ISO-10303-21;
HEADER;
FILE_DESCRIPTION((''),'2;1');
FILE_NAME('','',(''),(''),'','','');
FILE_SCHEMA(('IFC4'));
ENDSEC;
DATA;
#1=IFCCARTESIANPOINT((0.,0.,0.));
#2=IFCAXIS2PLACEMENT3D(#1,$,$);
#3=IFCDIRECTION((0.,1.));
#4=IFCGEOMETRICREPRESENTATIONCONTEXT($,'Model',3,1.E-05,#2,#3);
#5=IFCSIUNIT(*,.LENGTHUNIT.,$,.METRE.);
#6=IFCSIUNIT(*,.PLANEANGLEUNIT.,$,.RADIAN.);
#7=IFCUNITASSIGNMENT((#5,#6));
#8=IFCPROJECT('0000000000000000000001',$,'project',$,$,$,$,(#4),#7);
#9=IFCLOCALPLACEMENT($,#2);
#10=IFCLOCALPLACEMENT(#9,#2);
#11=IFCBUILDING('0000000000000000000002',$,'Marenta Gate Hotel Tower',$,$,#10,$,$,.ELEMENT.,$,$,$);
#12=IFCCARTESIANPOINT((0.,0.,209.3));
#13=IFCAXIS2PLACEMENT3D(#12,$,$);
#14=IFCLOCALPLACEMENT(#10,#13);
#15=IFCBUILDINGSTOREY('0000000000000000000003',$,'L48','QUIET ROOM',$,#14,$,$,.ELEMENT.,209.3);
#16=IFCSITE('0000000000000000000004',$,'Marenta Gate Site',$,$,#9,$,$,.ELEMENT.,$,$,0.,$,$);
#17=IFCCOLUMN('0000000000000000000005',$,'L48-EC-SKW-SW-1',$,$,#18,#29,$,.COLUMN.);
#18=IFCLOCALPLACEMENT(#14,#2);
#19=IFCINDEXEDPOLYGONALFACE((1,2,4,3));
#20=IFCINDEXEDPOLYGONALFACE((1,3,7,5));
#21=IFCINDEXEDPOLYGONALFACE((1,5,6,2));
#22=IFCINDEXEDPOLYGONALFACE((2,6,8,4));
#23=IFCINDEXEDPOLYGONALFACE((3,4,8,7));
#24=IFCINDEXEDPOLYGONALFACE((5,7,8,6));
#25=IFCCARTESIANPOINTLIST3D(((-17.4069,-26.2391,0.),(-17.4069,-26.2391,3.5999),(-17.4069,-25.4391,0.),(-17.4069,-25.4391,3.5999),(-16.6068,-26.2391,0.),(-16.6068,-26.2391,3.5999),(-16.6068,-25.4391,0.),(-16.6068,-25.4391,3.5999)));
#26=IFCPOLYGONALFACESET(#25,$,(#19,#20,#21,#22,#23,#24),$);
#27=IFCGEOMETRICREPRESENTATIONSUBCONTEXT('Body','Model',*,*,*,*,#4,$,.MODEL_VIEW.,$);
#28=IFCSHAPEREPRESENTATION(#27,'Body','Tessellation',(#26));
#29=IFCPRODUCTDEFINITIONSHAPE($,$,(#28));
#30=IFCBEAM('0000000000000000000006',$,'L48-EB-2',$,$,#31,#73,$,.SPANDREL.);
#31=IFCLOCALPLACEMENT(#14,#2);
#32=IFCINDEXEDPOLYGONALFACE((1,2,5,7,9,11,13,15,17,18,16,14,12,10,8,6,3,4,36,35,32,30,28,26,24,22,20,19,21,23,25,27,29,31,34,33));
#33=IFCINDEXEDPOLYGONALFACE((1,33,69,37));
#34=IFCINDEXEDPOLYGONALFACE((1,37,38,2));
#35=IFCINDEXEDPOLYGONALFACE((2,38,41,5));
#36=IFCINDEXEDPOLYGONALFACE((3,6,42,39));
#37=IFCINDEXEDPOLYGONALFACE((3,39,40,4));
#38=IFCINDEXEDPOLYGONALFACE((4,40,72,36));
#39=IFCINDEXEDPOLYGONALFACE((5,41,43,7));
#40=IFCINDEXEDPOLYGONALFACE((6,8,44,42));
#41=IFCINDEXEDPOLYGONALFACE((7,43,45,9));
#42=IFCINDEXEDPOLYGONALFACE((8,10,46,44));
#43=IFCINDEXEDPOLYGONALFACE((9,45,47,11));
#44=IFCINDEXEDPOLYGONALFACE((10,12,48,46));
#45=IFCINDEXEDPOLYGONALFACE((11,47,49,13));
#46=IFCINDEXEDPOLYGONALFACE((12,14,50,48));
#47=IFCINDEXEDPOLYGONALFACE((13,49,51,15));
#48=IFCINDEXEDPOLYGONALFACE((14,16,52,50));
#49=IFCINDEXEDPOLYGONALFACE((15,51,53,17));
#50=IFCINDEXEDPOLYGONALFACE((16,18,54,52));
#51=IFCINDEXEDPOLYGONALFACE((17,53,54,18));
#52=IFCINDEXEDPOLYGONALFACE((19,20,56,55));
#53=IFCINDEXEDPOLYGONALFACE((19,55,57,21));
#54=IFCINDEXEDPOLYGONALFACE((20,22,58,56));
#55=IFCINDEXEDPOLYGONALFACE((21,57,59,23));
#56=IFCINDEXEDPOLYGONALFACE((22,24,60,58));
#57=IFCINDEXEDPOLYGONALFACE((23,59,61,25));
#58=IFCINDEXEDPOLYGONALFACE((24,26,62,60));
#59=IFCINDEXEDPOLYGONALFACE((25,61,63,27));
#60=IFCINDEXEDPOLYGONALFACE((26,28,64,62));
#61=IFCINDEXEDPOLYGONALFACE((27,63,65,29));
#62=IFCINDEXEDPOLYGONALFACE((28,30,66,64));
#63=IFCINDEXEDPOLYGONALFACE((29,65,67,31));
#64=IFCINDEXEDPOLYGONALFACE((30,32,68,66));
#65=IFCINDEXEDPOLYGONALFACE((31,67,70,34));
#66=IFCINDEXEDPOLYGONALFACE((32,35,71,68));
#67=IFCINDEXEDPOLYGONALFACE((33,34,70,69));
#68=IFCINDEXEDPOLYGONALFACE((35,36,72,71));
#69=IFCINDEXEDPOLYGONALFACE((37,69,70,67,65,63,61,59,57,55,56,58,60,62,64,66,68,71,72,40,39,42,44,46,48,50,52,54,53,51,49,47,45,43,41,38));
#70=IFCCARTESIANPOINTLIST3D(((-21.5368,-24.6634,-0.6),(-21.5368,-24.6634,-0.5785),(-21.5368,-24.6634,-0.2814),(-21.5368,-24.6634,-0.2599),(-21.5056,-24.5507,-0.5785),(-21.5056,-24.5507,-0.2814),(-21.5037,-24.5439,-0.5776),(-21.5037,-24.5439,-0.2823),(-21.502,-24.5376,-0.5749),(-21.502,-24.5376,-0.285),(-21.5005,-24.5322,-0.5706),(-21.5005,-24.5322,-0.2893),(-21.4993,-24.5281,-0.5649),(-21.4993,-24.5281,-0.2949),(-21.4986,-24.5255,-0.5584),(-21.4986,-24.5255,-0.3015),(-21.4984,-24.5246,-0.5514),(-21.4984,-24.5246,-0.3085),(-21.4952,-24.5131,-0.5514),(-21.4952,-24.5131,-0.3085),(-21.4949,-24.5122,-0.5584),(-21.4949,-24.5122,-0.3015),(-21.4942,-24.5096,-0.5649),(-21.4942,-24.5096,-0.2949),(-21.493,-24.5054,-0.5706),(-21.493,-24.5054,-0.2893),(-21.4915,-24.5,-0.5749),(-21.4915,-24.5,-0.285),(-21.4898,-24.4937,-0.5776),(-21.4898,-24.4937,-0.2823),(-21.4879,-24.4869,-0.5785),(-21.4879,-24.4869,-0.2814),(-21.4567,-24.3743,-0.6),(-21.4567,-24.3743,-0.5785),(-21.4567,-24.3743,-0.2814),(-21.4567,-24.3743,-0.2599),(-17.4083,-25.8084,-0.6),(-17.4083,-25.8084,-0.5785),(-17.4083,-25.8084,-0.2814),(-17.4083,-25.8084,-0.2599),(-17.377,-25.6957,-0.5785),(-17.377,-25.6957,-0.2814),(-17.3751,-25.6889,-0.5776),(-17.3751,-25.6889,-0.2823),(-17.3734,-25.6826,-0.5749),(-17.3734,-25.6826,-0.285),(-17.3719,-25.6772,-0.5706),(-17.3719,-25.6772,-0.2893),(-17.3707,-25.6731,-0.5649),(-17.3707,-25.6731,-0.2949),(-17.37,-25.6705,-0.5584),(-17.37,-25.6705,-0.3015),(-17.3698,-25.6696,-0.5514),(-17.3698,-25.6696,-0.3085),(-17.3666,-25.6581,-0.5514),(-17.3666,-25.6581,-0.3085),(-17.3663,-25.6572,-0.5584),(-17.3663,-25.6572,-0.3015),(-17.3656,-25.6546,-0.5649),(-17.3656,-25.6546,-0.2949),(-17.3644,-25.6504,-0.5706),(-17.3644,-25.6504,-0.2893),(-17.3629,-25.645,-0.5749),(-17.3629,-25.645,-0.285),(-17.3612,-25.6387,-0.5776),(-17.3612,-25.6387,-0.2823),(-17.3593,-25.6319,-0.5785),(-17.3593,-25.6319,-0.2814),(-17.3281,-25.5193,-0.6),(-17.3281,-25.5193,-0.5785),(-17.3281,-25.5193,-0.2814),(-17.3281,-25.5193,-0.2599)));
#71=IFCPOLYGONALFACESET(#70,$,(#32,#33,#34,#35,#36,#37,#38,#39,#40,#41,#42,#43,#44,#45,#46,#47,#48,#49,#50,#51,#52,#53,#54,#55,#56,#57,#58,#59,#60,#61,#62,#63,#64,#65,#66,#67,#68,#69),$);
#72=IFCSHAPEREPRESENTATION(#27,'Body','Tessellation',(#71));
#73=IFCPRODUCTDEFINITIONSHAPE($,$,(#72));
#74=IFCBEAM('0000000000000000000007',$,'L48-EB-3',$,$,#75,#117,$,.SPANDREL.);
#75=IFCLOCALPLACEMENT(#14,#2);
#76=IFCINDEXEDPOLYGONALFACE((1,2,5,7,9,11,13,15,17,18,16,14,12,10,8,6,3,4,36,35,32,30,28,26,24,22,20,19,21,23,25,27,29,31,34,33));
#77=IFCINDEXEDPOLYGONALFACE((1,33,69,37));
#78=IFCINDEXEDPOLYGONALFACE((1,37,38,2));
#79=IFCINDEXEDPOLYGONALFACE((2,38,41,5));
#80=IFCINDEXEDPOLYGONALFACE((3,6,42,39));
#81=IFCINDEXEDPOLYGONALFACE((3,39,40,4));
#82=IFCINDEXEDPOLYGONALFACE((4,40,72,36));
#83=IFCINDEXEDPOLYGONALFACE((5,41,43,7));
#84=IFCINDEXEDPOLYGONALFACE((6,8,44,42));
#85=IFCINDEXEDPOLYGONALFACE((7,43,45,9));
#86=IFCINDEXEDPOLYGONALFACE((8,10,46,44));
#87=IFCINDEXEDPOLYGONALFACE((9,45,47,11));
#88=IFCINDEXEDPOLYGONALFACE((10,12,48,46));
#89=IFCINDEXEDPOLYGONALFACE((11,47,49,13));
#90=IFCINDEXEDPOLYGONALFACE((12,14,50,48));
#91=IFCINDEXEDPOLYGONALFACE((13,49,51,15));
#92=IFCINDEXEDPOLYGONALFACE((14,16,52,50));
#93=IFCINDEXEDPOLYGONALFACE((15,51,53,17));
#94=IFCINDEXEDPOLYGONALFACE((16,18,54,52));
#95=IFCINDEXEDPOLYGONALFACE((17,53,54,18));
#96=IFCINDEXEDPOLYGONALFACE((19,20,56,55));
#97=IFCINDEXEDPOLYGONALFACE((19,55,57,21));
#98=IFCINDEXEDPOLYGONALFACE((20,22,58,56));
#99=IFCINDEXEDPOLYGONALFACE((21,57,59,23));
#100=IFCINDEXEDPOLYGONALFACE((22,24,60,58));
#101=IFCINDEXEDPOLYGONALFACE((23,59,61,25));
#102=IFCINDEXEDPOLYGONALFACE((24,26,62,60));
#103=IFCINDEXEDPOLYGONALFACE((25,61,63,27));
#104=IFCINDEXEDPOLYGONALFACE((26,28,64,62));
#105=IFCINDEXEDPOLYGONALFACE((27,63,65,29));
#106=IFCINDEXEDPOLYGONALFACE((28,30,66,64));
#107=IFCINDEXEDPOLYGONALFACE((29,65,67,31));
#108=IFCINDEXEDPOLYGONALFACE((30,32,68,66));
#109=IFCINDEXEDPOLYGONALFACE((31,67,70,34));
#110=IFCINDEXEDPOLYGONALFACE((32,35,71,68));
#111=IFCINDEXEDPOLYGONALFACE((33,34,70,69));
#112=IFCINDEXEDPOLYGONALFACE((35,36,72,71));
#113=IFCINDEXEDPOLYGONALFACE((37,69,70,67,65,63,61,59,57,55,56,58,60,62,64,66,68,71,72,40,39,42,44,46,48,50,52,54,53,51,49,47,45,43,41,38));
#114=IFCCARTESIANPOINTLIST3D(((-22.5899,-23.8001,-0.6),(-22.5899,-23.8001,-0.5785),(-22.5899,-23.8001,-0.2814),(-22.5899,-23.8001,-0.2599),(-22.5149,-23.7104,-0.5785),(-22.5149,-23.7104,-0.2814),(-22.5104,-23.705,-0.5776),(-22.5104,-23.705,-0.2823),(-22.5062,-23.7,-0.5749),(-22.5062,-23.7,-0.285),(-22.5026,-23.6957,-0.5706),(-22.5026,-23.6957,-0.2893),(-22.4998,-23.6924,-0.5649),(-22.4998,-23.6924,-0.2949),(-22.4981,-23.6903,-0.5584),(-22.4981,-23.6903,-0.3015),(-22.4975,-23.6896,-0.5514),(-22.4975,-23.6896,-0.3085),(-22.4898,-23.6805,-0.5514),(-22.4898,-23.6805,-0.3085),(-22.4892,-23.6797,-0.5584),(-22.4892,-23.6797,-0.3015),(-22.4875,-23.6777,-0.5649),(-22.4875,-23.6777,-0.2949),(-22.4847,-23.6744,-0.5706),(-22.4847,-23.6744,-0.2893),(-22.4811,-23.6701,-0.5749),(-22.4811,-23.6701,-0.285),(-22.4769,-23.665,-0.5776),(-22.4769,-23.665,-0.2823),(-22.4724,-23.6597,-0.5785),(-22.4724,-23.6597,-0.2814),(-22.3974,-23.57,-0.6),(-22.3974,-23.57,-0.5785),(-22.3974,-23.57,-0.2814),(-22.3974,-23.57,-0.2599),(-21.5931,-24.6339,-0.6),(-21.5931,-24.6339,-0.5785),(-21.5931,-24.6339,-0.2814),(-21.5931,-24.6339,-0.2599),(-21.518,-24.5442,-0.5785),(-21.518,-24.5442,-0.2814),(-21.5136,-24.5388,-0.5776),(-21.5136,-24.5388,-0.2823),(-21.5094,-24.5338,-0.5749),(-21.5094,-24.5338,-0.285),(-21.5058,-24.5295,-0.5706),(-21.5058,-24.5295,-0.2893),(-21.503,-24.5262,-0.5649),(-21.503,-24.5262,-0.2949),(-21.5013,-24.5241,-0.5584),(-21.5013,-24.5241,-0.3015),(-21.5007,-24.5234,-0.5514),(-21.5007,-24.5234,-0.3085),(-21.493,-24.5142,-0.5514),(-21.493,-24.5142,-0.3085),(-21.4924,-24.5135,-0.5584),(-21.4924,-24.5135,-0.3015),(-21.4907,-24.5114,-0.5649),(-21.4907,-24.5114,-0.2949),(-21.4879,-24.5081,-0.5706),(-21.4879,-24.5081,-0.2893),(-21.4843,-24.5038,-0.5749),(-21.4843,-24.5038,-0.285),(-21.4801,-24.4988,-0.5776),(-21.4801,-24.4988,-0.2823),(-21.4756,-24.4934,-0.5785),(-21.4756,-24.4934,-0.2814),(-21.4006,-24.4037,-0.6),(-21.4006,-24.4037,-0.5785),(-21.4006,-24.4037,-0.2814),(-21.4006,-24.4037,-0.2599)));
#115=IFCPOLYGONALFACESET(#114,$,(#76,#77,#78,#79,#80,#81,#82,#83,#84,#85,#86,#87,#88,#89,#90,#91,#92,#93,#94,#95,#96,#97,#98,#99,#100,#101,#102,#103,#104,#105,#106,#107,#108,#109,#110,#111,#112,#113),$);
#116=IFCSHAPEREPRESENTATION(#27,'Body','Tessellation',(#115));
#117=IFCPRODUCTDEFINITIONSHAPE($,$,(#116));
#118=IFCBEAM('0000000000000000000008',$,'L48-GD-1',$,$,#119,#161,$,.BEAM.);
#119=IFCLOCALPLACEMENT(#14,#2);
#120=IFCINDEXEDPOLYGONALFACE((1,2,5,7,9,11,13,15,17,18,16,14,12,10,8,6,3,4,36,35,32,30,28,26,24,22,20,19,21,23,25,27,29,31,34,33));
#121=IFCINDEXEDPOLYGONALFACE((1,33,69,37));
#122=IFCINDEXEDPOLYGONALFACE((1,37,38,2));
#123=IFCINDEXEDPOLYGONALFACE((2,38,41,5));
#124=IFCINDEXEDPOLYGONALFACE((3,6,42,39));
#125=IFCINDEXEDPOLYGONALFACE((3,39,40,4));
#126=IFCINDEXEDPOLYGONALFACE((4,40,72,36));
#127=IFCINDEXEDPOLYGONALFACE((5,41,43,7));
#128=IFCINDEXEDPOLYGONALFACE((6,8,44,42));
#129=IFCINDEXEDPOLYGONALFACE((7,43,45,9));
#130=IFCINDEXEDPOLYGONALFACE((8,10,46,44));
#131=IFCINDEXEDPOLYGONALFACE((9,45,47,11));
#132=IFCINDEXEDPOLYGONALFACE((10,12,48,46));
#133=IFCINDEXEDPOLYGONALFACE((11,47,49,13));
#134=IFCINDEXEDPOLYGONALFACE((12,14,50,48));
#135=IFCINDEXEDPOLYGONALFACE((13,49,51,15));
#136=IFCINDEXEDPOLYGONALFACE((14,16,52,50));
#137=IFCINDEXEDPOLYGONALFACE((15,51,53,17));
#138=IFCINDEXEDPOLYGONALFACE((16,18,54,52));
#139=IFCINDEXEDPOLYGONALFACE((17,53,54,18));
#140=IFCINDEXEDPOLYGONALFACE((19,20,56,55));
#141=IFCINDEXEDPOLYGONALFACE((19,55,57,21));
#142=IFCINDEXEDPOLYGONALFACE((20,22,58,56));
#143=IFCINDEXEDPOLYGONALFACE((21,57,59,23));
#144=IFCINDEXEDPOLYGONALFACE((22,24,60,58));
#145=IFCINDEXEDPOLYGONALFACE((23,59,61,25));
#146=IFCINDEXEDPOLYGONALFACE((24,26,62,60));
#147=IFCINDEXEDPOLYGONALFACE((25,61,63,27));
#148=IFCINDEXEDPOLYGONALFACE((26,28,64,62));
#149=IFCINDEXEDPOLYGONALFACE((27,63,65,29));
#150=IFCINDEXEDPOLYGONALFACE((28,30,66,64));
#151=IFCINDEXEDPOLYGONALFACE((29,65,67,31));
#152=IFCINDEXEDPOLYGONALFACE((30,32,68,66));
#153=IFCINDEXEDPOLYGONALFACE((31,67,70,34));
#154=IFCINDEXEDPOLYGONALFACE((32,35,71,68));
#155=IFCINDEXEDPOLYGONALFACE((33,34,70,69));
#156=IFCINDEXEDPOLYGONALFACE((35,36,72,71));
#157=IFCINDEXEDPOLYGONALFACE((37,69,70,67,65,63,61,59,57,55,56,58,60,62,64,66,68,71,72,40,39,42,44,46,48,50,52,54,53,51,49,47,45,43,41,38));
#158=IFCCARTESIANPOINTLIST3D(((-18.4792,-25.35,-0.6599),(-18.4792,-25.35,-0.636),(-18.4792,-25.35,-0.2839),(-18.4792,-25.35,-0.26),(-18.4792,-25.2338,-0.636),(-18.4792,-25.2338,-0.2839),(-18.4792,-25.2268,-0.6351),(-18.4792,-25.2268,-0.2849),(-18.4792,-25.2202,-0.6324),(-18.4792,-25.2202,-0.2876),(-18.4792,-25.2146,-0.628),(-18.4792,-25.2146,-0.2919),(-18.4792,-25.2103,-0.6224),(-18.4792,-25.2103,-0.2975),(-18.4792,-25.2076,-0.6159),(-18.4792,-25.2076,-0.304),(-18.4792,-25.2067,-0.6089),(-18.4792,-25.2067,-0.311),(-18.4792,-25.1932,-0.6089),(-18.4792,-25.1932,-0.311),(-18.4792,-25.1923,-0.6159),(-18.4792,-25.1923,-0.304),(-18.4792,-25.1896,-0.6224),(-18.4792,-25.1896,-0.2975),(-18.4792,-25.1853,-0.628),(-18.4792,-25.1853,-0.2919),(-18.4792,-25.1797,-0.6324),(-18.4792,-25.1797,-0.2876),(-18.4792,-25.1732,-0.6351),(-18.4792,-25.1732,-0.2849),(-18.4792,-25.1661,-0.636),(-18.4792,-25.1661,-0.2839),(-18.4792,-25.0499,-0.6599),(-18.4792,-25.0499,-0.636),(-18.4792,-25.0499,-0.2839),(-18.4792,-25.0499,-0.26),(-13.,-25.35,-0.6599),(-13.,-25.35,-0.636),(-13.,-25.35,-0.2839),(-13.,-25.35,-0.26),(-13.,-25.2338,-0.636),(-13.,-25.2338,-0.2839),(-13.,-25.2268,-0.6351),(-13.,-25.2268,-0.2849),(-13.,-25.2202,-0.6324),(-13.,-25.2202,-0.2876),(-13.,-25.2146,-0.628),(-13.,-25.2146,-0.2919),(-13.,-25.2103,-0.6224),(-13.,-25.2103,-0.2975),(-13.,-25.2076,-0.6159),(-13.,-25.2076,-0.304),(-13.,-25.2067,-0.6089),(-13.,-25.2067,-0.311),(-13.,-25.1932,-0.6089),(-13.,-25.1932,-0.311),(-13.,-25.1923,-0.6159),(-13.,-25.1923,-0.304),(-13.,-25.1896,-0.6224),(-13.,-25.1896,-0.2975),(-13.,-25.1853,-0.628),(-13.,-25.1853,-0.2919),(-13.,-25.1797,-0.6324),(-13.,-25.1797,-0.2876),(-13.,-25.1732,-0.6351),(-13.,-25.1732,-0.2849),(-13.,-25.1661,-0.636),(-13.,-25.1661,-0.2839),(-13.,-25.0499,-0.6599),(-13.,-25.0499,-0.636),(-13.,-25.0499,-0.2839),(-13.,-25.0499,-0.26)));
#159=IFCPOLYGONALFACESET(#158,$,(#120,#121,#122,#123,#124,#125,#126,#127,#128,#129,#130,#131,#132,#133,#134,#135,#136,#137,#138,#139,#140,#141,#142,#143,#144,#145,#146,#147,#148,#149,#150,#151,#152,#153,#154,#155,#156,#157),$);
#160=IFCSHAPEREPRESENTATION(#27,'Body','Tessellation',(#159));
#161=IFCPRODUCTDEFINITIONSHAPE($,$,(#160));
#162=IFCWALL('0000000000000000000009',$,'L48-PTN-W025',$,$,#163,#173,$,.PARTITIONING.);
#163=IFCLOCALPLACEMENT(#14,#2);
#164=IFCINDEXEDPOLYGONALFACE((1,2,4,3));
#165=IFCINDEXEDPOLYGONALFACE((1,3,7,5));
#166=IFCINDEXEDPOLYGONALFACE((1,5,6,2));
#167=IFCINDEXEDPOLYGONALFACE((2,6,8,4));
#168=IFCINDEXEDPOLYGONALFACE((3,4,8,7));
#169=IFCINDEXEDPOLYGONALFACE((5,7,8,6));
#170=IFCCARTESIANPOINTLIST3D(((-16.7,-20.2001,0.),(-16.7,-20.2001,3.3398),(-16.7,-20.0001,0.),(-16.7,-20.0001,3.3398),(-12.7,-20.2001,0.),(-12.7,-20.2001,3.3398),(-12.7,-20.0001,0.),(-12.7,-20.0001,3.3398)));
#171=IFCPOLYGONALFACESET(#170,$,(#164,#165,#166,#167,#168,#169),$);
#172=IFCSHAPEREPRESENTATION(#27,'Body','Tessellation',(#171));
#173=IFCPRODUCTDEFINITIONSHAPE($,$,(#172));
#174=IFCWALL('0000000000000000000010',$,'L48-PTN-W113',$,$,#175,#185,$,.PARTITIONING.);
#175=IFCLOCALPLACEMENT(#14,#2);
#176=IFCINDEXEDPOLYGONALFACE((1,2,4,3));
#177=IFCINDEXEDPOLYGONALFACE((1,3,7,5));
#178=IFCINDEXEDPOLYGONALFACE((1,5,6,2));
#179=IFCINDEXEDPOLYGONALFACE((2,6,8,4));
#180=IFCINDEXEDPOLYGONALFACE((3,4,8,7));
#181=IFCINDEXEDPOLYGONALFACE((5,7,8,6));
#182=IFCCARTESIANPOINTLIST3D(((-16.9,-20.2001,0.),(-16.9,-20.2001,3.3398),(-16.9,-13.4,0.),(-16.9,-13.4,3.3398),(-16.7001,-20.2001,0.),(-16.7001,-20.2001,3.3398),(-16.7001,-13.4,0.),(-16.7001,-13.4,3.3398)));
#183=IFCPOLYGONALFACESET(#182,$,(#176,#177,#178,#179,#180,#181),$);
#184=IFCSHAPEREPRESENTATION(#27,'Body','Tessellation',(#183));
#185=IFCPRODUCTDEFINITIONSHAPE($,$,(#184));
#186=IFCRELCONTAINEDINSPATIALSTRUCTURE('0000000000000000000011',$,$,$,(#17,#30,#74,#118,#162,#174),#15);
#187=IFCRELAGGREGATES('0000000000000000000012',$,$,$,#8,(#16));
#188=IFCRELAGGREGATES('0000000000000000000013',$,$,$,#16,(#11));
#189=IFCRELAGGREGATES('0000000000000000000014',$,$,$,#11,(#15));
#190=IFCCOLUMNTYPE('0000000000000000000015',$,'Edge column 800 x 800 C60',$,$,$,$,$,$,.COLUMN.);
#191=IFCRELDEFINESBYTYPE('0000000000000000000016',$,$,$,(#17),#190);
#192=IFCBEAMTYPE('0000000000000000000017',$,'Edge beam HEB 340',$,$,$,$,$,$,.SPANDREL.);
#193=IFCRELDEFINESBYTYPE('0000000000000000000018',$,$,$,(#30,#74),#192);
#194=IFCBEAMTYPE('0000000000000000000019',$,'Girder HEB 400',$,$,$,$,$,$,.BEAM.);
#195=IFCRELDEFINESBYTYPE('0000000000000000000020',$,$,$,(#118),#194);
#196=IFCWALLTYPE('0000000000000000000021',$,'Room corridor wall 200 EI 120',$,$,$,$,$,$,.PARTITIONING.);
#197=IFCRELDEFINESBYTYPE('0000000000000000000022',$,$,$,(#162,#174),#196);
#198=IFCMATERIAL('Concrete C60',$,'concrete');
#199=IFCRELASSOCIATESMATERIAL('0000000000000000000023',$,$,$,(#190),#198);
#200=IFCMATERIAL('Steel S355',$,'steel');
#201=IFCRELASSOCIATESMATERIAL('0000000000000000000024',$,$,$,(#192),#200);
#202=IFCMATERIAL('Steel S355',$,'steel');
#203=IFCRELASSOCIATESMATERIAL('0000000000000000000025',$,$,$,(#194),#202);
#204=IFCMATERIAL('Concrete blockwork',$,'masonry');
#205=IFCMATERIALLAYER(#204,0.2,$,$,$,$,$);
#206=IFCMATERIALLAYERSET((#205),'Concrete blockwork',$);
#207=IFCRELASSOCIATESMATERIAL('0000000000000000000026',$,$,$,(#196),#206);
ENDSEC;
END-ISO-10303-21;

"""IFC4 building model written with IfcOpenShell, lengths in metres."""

from ifc_helpers import new_model, si_unit, direction, frame, frame_2d, origin, origin_2d, place, context, subcontext, project, spatial, rectangle, i_section, extrude, material, layer, layer_set, material_profile, profile_set, type_object, element, save


model = new_model("IFC4")

# Units and contexts
model_context = context("Model", 3, precision=1e-05, world=origin(), true_north=direction((0.0, 1.0)))
body_context = subcontext(model_context, "Body", "Model", "MODEL_VIEW")
ifc_project = project(units=[si_unit("LENGTHUNIT", "METRE"), si_unit("PLANEANGLEUNIT", "RADIAN")], contexts=[model_context])

# Site, building, storey
site_placement = place(None, origin())
site = spatial("IfcSite", under=ifc_project, at=site_placement, Name="Marenta Gate Site", CompositionType="ELEMENT", RefElevation=0.0)
building_placement = place(site_placement, origin())
building = spatial("IfcBuilding", under=site, at=building_placement, Name="Marenta Gate Hotel Tower", CompositionType="ELEMENT")
storey_placement = place(building_placement, frame((0.0, 0.0, 209.3)))
storey = spatial("IfcBuildingStorey", under=building, at=storey_placement, Name="L48", Description="QUIET ROOM", CompositionType="ELEMENT", Elevation=209.3)

# Column
ifc_material_1 = material(Name="Concrete C60", Category="concrete")
ifc_material_profile_1 = material_profile(ifc_material_1, rectangle(XDim=0.8, YDim=0.8, at=origin_2d()), Name="800 x 800")
ifc_profile_set_1 = profile_set([ifc_material_profile_1], Name="Concrete C60")
column_type = type_object("IfcColumnType", Name="Edge column 800 x 800 C60", PredefinedType="COLUMN", material=ifc_profile_set_1)
column_placement = place(storey_placement, frame((-17.0068, -25.8391, 0.0), z_axis=(0.0, 0.0, 1.0), x_axis=(1.0, 0.0, 0.0)))
element("IfcColumn", 1, at=column_placement, inside=storey, type_object=column_type, Name="L48-EC-SKW-SW-1", PredefinedType="COLUMN", context=body_context, shape_type="SweptSolid", body=[
    extrude(rectangle(XDim=0.8, YDim=0.8, at=origin_2d()), origin(), (0.0, 0.0, 1.0), 3.5999),
])

# Beams
ifc_material_2 = material(Name="Steel S355", Category="steel")
ifc_material_profile_2 = material_profile(ifc_material_2, i_section(OverallWidth=0.3, OverallDepth=0.3401, WebThickness=0.012, FlangeThickness=0.0215, FilletRadius=0.0271, at=origin_2d()), Name="HEB 340")
ifc_profile_set_2 = profile_set([ifc_material_profile_2], Name="Steel S355")
beam_type_1 = type_object("IfcBeamType", Name="Edge beam HEB 340", PredefinedType="SPANDREL", material=ifc_profile_set_2)
beam_1_placement = place(storey_placement, frame((-17.3682, -25.6638, -0.4299), z_axis=(-0.963628, 0.267247, 0.0), x_axis=(-0.267247, -0.963628, 0.0)))
element("IfcBeam", 2, at=beam_1_placement, inside=storey, type_object=beam_type_1, Name="L48-EB-2", PredefinedType="SPANDREL", context=body_context, shape_type="SweptSolid", body=[
    extrude(i_section(OverallWidth=0.3, OverallDepth=0.3401, WebThickness=0.012, FlangeThickness=0.0215, FilletRadius=0.0271, at=origin_2d()), origin(), (0.0, 0.0, 1.0), 4.2844),
])
beam_2_placement = place(storey_placement, frame((-21.4968, -24.5188, -0.4299), z_axis=(-0.767065, 0.641569, 0.0), x_axis=(-0.641569, -0.767065, 0.0)))
element("IfcBeam", 3, at=beam_2_placement, inside=storey, type_object=beam_type_1, Name="L48-EB-3", PredefinedType="SPANDREL", context=body_context, shape_type="SweptSolid", body=[
    extrude(i_section(OverallWidth=0.3, OverallDepth=0.3401, WebThickness=0.012, FlangeThickness=0.0215, FilletRadius=0.0271, at=origin_2d()), origin(), (0.0, 0.0, 1.0), 1.2996),
])
ifc_material_3 = material(Name="Steel S355", Category="steel")
ifc_material_profile_3 = material_profile(ifc_material_3, i_section(OverallWidth=0.3, OverallDepth=0.3999, WebThickness=0.0134, FlangeThickness=0.0239, FilletRadius=0.0271, at=origin_2d()), Name="HEB 400")
ifc_profile_set_3 = profile_set([ifc_material_profile_3], Name="Steel S355")
beam_type_2 = type_object("IfcBeamType", Name="Girder HEB 400", PredefinedType="BEAM", material=ifc_profile_set_3)
beam_3_placement = place(storey_placement, frame((-18.4792, -25.2, -0.46), z_axis=(1.0, 0.0, 0.0), x_axis=(0.0, 1.0, 0.0)))
element("IfcBeam", 4, at=beam_3_placement, inside=storey, type_object=beam_type_2, Name="L48-GD-1", PredefinedType="BEAM", context=body_context, shape_type="SweptSolid", body=[
    extrude(i_section(OverallWidth=0.3, OverallDepth=0.3999, WebThickness=0.0134, FlangeThickness=0.0239, FilletRadius=0.0271, at=origin_2d()), origin(), (0.0, 0.0, 1.0), 5.4792),
])

# Walls
ifc_material_4 = material(Name="Concrete blockwork", Category="masonry")
ifc_layer_1 = layer(ifc_material_4, 0.2)
ifc_layer_set_1 = layer_set([ifc_layer_1], Name="Concrete blockwork")
wall_type_1 = type_object("IfcWallType", Name="Room corridor wall 200 EI 120", PredefinedType="PARTITIONING", material=ifc_layer_set_1)
wall_1_placement = place(storey_placement, frame((-16.7, -20.1001, 0.0), z_axis=(0.0, 0.0, 1.0), x_axis=(1.0, 0.0, 0.0)))
element("IfcWall", 5, at=wall_1_placement, inside=storey, type_object=wall_type_1, Name="L48-PTN-W025", PredefinedType="PARTITIONING", context=body_context, shape_type="SweptSolid", body=[
    extrude(rectangle(XDim=4.0, YDim=0.2, at=frame_2d((2.0, 0.0))), origin(), (0.0, 0.0, 1.0), 3.3398),
])
wall_2_placement = place(storey_placement, frame((-16.8, -20.2, 0.0), z_axis=(0.0, 0.0, 1.0), x_axis=(0.0, 1.0, 0.0)))
element("IfcWall", 6, at=wall_2_placement, inside=storey, type_object=wall_type_1, Name="L48-PTN-W113", PredefinedType="PARTITIONING", context=body_context, shape_type="SweptSolid", body=[
    extrude(rectangle(XDim=6.8, YDim=0.2, at=frame_2d((3.3999, 0.0))), origin(), (0.0, 0.0, 1.0), 3.3398),
])

save(model, "model.ifc")
